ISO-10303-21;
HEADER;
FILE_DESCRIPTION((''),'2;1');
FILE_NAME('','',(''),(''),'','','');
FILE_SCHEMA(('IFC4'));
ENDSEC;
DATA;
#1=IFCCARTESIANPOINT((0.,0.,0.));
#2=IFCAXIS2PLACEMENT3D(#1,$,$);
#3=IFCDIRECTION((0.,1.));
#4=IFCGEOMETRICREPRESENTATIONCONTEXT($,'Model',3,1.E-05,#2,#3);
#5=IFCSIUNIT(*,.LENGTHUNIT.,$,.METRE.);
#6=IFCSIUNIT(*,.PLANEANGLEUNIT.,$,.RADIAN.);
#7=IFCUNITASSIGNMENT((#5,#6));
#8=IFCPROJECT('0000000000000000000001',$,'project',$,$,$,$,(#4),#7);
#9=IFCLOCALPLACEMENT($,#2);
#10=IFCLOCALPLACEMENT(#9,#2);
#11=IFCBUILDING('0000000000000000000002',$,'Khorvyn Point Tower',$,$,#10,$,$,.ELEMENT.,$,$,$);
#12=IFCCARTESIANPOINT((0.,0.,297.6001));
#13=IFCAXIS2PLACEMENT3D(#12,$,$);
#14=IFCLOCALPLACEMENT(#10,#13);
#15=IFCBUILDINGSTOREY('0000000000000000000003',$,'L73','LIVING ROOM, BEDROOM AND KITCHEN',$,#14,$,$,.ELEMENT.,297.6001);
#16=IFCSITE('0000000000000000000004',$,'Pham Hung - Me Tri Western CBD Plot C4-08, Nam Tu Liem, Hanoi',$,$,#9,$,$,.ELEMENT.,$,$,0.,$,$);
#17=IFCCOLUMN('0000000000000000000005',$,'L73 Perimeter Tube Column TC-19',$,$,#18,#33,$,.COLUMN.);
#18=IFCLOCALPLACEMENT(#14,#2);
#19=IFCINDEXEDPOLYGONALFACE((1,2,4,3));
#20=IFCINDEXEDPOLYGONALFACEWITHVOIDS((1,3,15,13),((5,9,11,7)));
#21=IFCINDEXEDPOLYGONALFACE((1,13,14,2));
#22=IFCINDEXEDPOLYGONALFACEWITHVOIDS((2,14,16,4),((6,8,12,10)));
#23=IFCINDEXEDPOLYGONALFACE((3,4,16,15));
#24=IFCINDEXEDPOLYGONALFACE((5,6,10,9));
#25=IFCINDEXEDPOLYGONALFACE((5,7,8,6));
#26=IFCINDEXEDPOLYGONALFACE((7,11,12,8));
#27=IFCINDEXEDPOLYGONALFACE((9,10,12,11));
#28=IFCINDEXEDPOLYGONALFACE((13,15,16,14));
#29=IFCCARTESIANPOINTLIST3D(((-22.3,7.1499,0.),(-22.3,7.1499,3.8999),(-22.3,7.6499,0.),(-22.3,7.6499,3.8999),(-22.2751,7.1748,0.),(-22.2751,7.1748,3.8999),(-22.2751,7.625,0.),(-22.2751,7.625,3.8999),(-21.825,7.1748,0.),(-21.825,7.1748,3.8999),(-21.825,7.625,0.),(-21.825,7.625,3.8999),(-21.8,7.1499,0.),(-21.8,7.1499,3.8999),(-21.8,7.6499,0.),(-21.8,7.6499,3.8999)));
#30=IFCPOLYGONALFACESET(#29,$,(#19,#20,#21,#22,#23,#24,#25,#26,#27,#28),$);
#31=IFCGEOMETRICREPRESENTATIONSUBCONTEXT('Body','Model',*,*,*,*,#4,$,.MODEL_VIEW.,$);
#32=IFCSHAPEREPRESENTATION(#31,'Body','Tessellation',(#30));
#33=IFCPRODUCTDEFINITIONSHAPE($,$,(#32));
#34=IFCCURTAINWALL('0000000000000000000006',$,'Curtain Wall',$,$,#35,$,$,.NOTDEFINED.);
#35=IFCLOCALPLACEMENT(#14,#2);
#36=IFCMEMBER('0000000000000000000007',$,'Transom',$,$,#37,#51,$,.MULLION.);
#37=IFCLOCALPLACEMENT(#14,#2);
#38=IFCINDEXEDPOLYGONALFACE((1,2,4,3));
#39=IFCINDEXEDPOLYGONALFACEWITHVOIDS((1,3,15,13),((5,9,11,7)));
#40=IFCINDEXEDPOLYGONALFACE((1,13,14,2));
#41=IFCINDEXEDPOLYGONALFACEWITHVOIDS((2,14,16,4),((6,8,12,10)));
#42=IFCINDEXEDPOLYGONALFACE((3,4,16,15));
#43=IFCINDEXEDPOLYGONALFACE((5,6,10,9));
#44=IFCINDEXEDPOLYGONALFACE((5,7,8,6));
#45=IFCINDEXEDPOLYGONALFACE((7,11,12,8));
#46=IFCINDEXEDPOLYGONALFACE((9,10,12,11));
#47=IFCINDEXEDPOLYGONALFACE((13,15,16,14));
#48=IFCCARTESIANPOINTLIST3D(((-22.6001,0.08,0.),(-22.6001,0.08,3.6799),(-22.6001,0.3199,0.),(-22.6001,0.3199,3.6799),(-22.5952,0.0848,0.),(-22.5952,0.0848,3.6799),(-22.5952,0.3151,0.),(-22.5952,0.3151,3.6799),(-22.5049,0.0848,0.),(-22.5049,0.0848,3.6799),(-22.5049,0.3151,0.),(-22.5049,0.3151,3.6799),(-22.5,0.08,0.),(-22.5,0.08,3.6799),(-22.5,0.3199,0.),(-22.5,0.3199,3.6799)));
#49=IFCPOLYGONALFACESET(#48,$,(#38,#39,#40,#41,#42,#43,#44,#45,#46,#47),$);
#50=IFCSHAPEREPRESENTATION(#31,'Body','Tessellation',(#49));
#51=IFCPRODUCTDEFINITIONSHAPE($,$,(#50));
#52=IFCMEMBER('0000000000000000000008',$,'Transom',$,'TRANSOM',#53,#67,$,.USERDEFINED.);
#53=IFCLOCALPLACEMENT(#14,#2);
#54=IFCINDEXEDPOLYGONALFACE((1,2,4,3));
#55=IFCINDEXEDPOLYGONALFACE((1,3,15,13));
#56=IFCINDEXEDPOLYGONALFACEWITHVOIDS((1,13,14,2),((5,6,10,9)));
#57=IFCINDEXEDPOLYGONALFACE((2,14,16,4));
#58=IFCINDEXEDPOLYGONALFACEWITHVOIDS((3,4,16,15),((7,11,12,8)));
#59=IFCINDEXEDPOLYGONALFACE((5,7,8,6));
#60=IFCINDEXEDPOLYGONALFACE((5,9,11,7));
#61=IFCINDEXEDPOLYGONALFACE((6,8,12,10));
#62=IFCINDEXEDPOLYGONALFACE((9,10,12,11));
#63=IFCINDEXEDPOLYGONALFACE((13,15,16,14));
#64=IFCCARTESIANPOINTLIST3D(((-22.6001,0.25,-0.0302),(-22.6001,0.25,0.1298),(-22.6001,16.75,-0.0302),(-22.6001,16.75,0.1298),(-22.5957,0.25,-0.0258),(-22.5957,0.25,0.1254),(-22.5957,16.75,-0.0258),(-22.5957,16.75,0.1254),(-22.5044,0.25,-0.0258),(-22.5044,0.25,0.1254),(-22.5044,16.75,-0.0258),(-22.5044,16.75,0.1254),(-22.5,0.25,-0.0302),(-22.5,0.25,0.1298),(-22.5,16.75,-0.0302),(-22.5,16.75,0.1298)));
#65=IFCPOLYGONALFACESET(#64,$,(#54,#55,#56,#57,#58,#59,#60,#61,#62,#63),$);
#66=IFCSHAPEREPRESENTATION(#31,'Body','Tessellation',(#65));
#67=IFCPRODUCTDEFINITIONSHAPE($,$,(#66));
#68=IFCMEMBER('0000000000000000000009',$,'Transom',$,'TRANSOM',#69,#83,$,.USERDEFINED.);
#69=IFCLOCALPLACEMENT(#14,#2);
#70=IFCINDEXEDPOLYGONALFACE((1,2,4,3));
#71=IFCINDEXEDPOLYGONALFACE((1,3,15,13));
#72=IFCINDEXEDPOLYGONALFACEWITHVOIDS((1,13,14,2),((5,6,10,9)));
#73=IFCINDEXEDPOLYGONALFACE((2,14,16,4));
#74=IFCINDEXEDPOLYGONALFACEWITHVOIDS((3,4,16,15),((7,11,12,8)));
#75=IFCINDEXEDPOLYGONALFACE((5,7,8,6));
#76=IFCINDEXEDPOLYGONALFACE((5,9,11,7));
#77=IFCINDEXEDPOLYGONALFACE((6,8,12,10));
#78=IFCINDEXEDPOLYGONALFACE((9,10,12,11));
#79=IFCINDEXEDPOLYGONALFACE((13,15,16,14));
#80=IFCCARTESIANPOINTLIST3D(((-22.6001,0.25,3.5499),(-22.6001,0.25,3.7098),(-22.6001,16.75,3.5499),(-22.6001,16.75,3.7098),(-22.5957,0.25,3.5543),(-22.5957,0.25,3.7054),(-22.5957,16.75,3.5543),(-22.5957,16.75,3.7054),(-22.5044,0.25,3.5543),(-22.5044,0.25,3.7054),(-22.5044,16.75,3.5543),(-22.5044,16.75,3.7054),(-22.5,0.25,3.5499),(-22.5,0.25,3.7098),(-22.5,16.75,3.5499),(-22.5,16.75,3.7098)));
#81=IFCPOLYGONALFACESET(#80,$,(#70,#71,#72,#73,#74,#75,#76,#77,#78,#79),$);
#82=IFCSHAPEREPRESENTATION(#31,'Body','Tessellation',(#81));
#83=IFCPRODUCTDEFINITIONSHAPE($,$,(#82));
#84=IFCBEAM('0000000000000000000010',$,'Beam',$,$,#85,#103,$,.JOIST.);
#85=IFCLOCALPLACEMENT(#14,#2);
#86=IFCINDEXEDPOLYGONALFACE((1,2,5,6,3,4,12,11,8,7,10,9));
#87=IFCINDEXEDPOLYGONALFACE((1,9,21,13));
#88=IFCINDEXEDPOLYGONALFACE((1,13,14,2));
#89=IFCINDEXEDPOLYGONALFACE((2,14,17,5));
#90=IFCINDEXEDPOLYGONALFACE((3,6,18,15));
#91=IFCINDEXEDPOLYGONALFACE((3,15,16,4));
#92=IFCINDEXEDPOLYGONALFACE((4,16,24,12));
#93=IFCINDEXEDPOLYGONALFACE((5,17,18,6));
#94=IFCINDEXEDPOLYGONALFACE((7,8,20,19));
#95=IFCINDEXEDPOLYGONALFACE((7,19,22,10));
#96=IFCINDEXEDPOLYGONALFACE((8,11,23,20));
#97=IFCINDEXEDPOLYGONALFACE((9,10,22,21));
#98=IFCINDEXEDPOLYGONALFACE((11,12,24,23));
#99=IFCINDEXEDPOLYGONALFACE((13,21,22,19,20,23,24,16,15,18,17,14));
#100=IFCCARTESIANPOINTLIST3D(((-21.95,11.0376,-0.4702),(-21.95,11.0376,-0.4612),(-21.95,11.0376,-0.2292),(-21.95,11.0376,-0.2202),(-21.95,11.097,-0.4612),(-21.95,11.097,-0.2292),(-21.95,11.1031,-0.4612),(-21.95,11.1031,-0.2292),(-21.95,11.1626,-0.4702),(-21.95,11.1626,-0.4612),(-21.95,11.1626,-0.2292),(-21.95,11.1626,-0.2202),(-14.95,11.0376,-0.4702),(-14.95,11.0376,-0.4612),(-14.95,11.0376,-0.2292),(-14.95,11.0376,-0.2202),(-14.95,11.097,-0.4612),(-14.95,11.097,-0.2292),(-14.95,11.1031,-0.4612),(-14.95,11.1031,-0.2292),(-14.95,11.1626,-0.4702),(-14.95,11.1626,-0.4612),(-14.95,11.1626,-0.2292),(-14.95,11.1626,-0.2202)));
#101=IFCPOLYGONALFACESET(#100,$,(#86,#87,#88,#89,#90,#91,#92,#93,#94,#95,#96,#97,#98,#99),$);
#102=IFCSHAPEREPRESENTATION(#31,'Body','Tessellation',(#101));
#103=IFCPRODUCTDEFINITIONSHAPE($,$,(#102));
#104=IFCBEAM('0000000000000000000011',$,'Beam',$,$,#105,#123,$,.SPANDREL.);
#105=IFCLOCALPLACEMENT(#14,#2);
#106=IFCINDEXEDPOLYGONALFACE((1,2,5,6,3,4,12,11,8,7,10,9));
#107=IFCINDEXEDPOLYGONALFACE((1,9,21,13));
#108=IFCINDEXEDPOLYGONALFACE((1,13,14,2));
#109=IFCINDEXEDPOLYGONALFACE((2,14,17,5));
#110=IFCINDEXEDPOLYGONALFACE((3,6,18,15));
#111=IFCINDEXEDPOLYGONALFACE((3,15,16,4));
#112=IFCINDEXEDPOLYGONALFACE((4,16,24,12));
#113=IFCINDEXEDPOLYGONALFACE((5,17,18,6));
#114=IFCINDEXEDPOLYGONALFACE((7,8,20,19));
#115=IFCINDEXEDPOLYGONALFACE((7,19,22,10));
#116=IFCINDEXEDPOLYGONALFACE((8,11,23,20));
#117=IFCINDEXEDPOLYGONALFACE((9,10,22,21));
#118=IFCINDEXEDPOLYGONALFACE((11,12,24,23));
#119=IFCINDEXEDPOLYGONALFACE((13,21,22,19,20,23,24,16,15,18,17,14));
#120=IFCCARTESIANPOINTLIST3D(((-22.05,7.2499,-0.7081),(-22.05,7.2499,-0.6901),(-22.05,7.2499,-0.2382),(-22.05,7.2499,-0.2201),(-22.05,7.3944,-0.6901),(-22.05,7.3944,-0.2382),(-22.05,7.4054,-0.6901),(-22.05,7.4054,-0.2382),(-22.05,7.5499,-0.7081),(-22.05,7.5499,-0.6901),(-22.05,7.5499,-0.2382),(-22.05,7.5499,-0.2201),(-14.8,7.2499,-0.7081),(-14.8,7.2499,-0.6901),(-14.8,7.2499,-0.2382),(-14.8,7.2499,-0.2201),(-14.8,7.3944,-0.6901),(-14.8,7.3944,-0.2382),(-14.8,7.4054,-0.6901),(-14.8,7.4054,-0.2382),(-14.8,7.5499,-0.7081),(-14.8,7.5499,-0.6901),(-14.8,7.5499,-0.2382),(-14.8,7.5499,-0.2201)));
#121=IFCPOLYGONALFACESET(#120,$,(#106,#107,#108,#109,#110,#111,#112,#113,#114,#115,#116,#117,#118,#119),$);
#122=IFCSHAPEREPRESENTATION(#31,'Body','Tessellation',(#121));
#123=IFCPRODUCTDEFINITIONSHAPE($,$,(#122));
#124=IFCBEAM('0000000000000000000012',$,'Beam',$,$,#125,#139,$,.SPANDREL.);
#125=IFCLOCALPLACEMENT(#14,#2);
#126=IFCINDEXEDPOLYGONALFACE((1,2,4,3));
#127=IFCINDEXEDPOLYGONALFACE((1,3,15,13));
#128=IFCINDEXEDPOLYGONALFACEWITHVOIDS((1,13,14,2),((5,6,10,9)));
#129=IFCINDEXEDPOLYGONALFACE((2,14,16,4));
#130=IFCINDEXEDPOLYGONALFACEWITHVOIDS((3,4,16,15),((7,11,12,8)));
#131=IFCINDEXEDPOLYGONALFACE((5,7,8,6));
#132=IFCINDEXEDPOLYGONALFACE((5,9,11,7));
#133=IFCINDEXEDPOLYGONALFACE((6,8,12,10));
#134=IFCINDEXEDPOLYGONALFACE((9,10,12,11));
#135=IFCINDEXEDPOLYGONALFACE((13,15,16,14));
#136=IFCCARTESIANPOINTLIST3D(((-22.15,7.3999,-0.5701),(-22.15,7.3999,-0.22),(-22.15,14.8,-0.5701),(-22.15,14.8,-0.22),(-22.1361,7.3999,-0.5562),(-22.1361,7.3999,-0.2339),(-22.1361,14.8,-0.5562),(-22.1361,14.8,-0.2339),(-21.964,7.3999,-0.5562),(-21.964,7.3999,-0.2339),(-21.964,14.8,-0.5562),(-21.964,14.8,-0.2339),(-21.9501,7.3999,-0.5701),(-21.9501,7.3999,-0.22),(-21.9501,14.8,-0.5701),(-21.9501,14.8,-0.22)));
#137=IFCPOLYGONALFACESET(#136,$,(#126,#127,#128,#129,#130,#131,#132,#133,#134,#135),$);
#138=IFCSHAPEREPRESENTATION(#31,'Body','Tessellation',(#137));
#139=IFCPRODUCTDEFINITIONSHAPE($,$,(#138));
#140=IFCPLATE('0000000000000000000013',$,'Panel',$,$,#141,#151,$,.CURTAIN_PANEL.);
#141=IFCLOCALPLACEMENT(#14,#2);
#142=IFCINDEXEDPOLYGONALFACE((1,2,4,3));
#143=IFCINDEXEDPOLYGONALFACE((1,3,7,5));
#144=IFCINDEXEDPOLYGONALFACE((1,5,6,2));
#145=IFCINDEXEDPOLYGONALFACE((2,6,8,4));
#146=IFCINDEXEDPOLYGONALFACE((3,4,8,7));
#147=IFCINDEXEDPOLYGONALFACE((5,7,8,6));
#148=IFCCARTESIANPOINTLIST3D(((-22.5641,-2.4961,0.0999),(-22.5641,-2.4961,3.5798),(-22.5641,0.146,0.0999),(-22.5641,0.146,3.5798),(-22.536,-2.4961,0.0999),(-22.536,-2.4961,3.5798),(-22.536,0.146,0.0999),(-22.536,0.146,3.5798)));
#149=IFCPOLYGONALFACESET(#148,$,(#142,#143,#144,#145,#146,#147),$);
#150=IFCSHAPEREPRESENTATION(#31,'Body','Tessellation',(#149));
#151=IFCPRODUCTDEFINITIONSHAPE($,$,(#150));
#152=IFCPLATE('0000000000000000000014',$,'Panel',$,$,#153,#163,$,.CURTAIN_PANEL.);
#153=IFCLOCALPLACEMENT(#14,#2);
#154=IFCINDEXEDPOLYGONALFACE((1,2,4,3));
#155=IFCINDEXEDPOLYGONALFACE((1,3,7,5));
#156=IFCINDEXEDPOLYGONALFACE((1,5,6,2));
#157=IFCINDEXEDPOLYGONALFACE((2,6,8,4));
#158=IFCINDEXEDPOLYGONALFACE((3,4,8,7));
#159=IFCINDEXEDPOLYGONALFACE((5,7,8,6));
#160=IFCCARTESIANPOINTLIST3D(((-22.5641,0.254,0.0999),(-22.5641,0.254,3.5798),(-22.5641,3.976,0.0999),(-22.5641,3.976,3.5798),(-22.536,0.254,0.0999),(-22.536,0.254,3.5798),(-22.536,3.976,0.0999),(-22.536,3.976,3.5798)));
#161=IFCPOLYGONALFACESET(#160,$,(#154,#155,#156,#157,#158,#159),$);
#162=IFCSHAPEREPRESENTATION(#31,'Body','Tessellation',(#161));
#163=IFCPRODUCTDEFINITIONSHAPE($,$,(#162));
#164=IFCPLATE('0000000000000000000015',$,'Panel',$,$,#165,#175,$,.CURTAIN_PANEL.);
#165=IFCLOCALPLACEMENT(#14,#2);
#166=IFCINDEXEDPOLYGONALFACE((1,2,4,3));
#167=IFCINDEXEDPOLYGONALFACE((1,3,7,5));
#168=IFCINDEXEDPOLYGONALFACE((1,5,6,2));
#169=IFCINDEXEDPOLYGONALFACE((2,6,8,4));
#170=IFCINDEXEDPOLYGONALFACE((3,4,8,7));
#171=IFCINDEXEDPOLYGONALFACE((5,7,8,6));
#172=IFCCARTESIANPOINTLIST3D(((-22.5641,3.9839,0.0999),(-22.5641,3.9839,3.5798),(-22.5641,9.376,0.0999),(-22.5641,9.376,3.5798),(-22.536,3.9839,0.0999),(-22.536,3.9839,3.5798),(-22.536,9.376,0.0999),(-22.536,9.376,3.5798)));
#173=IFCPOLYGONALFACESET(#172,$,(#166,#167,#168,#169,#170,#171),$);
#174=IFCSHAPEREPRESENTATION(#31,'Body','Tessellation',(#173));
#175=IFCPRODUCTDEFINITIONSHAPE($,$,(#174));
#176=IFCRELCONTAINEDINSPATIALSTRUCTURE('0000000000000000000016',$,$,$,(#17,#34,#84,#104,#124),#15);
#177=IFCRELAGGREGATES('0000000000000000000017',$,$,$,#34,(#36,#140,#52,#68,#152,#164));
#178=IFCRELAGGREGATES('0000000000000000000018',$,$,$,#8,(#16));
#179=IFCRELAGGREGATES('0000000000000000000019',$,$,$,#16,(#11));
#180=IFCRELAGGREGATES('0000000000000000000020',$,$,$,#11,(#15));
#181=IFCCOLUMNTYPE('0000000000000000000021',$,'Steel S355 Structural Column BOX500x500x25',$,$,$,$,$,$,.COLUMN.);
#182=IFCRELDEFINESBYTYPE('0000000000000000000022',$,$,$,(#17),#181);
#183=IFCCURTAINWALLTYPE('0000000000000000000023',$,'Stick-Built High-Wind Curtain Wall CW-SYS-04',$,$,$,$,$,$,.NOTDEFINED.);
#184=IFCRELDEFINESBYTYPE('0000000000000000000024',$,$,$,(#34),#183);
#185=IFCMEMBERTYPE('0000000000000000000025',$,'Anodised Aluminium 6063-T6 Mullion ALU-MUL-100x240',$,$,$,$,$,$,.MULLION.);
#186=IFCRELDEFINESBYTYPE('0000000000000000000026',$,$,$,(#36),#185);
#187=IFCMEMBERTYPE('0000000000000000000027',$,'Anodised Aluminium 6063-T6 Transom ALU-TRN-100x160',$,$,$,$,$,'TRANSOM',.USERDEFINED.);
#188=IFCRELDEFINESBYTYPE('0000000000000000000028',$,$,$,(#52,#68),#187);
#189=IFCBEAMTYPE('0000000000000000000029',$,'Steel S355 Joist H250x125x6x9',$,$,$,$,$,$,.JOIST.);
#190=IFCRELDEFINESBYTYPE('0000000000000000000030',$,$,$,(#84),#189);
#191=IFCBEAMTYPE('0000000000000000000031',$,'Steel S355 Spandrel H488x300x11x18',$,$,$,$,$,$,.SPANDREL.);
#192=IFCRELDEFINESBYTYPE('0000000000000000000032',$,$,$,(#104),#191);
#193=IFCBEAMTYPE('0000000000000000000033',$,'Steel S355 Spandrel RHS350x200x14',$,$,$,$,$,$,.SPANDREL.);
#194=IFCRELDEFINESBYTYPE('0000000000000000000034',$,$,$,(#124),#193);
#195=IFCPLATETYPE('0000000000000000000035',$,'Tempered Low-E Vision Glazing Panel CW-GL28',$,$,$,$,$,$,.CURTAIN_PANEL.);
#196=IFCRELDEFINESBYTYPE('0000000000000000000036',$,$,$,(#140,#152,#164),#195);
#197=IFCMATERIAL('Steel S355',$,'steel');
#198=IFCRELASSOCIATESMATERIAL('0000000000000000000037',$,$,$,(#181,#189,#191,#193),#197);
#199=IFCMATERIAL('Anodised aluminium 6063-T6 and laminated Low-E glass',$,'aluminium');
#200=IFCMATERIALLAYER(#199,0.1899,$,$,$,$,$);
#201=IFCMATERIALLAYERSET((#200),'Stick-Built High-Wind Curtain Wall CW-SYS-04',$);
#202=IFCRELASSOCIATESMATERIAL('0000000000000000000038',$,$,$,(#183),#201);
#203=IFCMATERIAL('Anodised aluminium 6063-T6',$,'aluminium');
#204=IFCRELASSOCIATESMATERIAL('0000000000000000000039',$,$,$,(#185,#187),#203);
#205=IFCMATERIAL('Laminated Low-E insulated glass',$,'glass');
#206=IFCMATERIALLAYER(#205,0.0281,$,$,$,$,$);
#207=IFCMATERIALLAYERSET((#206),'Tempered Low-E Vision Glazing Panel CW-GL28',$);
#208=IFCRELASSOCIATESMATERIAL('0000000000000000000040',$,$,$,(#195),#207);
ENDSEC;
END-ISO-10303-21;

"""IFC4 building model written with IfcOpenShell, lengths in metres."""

from ifc_helpers import new_model, si_unit, direction, frame, origin, origin_2d, place, context, subcontext, project, spatial, rectangle, hollow_rectangle, i_section, extrude, material, layer, layer_set, material_profile, profile_set, type_object, element, aggregate, save


model = new_model("IFC4")

# Units and contexts
model_context = context("Model", 3, precision=1e-05, world=origin(), true_north=direction((0.0, 1.0)))
body_context = subcontext(model_context, "Body", "Model", "MODEL_VIEW")
ifc_project = project(units=[si_unit("LENGTHUNIT", "METRE"), si_unit("PLANEANGLEUNIT", "RADIAN")], contexts=[model_context])

# Site, building, storey
site_placement = place(None, origin())
site = spatial("IfcSite", under=ifc_project, at=site_placement, Name="Pham Hung - Me Tri Western CBD Plot C4-08, Nam Tu Liem, Hanoi", CompositionType="ELEMENT", RefElevation=0.0)
building_placement = place(site_placement, origin())
building = spatial("IfcBuilding", under=site, at=building_placement, Name="Khorvyn Point Tower", CompositionType="ELEMENT")
storey_placement = place(building_placement, frame((0.0, 0.0, 297.6001)))
storey = spatial("IfcBuildingStorey", under=building, at=storey_placement, Name="L73", Description="LIVING ROOM, BEDROOM AND KITCHEN", CompositionType="ELEMENT", Elevation=297.6001)

# Column
ifc_material_1 = material(Name="Steel S355", Category="steel")
ifc_material_profile_1 = material_profile(ifc_material_1, hollow_rectangle(XDim=0.5, YDim=0.5, WallThickness=0.0249, at=origin_2d()))
ifc_profile_set_1 = profile_set([ifc_material_profile_1], Name="Steel S355 BOX500x500x25")
column_type = type_object("IfcColumnType", Name="Steel S355 Structural Column BOX500x500x25", PredefinedType="COLUMN", material=ifc_profile_set_1)
column_placement = place(storey_placement, frame((-22.05, 7.3999, 0.0), z_axis=(0.0, 0.0, 1.0), x_axis=(1.0, 0.0, 0.0)))
element("IfcColumn", 1, at=column_placement, inside=storey, type_object=column_type, Name="L73 Perimeter Tube Column TC-19", PredefinedType="COLUMN", context=body_context, shape_type="SweptSolid", body=[
    extrude(hollow_rectangle(XDim=0.5, YDim=0.5, WallThickness=0.0249, at=origin_2d()), origin(), (0.0, 0.0, 1.0), 3.8999),
])

# Curtain wall, members
ifc_material_2 = material(Name="Anodised aluminium 6063-T6 and laminated Low-E glass", Category="aluminium")
ifc_layer_1 = layer(ifc_material_2, 0.1899)
ifc_layer_set_1 = layer_set([ifc_layer_1], Name="Stick-Built High-Wind Curtain Wall CW-SYS-04")
curtain_wall_type = type_object("IfcCurtainWallType", Name="Stick-Built High-Wind Curtain Wall CW-SYS-04", PredefinedType="NOTDEFINED", material=ifc_layer_set_1)
curtain_wall_placement = place(storey_placement, origin())
curtain_wall = element("IfcCurtainWall", 2, at=curtain_wall_placement, inside=storey, type_object=curtain_wall_type, Name="Curtain Wall", PredefinedType="NOTDEFINED")
ifc_material_3 = material(Name="Anodised aluminium 6063-T6", Category="aluminium")
ifc_material_profile_2 = material_profile(ifc_material_3, hollow_rectangle(XDim=0.1001, YDim=0.24, WallThickness=0.0049, at=origin_2d()))
ifc_profile_set_2 = profile_set([ifc_material_profile_2], Name="Anodised aluminium 6063-T6 ALU-MUL-100x240")
member_type_1 = type_object("IfcMemberType", Name="Anodised Aluminium 6063-T6 Mullion ALU-MUL-100x240", PredefinedType="MULLION", material=ifc_profile_set_2)
member_1_placement = place(storey_placement, frame((-22.55, 0.2, 0.0), z_axis=(0.0, 0.0, 1.0), x_axis=(-1.0, 0.0, 0.0)))
member_1 = element("IfcMember", 3, at=member_1_placement, type_object=member_type_1, Name="Transom", PredefinedType="MULLION", context=body_context, shape_type="SweptSolid", body=[
    extrude(hollow_rectangle(XDim=0.1001, YDim=0.24, WallThickness=0.0049, at=origin_2d()), origin(), (0.0, 0.0, 1.0), 3.6799),
])
ifc_material_profile_3 = material_profile(ifc_material_3, hollow_rectangle(XDim=0.1001, YDim=0.1599, WallThickness=0.0044, at=origin_2d()))
ifc_profile_set_3 = profile_set([ifc_material_profile_3], Name="Anodised aluminium 6063-T6 ALU-TRN-100x160")
member_type_2 = type_object("IfcMemberType", Name="Anodised Aluminium 6063-T6 Transom ALU-TRN-100x160", ElementType="TRANSOM", PredefinedType="USERDEFINED", material=ifc_profile_set_3)
member_2_placement = place(storey_placement, frame((-22.55, 0.25, 0.0498), z_axis=(0.0, 1.0, 0.0), x_axis=(-1.0, 0.0, 0.0)))
member_2 = element("IfcMember", 4, at=member_2_placement, type_object=member_type_2, Name="Transom", ObjectType="TRANSOM", PredefinedType="USERDEFINED", context=body_context, shape_type="SweptSolid", body=[
    extrude(hollow_rectangle(XDim=0.1001, YDim=0.1599, WallThickness=0.0044, at=origin_2d()), origin(), (0.0, 0.0, 1.0), 16.5),
])
member_3_placement = place(storey_placement, frame((-22.55, 0.25, 3.6299), z_axis=(0.0, 1.0, 0.0), x_axis=(-1.0, 0.0, 0.0)))
member_3 = element("IfcMember", 5, at=member_3_placement, type_object=member_type_2, Name="Transom", ObjectType="TRANSOM", PredefinedType="USERDEFINED", context=body_context, shape_type="SweptSolid", body=[
    extrude(hollow_rectangle(XDim=0.1001, YDim=0.1599, WallThickness=0.0044, at=origin_2d()), origin(), (0.0, 0.0, 1.0), 16.5),
])

# Beams
ifc_material_profile_4 = material_profile(ifc_material_1, i_section(OverallWidth=0.125, OverallDepth=0.25, WebThickness=0.0061, FlangeThickness=0.009, at=origin_2d()))
ifc_profile_set_4 = profile_set([ifc_material_profile_4], Name="Steel S355 H250x125x6x9")
beam_type_1 = type_object("IfcBeamType", Name="Steel S355 Joist H250x125x6x9", PredefinedType="JOIST", material=ifc_profile_set_4)
beam_1_placement = place(storey_placement, frame((-21.95, 11.1001, -0.3452), z_axis=(1.0, 0.0, 0.0), x_axis=(0.0, 1.0, 0.0)))
element("IfcBeam", 6, at=beam_1_placement, inside=storey, type_object=beam_type_1, Name="Beam", PredefinedType="JOIST", context=body_context, shape_type="SweptSolid", body=[
    extrude(i_section(OverallWidth=0.125, OverallDepth=0.25, WebThickness=0.0061, FlangeThickness=0.009, at=origin_2d()), origin(), (0.0, 0.0, 1.0), 7.0),
])
ifc_material_profile_5 = material_profile(ifc_material_1, i_section(OverallWidth=0.3, OverallDepth=0.488, WebThickness=0.011, FlangeThickness=0.0181, at=origin_2d()))
ifc_profile_set_5 = profile_set([ifc_material_profile_5], Name="Steel S355 H488x300x11x18")
beam_type_2 = type_object("IfcBeamType", Name="Steel S355 Spandrel H488x300x11x18", PredefinedType="SPANDREL", material=ifc_profile_set_5)
beam_2_placement = place(storey_placement, frame((-22.05, 7.3999, -0.4641), z_axis=(1.0, 0.0, 0.0), x_axis=(0.0, 1.0, 0.0)))
element("IfcBeam", 7, at=beam_2_placement, inside=storey, type_object=beam_type_2, Name="Beam", PredefinedType="SPANDREL", context=body_context, shape_type="SweptSolid", body=[
    extrude(i_section(OverallWidth=0.3, OverallDepth=0.488, WebThickness=0.011, FlangeThickness=0.0181, at=origin_2d()), origin(), (0.0, 0.0, 1.0), 7.25),
])
ifc_material_profile_6 = material_profile(ifc_material_1, hollow_rectangle(XDim=0.2, YDim=0.3501, WallThickness=0.0139, at=origin_2d()))
ifc_profile_set_6 = profile_set([ifc_material_profile_6], Name="Steel S355 RHS350x200x14")
beam_type_3 = type_object("IfcBeamType", Name="Steel S355 Spandrel RHS350x200x14", PredefinedType="SPANDREL", material=ifc_profile_set_6)
beam_3_placement = place(storey_placement, frame((-22.05, 7.3999, -0.395), z_axis=(0.0, 1.0, 0.0), x_axis=(-1.0, 0.0, 0.0)))
element("IfcBeam", 8, at=beam_3_placement, inside=storey, type_object=beam_type_3, Name="Beam", PredefinedType="SPANDREL", context=body_context, shape_type="SweptSolid", body=[
    extrude(hollow_rectangle(XDim=0.2, YDim=0.3501, WallThickness=0.0139, at=origin_2d()), origin(), (0.0, 0.0, 1.0), 7.4001),
])

# Plates
ifc_material_4 = material(Name="Laminated Low-E insulated glass", Category="glass")
ifc_layer_2 = layer(ifc_material_4, 0.0281)
ifc_layer_set_2 = layer_set([ifc_layer_2], Name="Tempered Low-E Vision Glazing Panel CW-GL28")
plate_type = type_object("IfcPlateType", Name="Tempered Low-E Vision Glazing Panel CW-GL28", PredefinedType="CURTAIN_PANEL", material=ifc_layer_set_2)
plate_1_placement = place(storey_placement, frame((-22.55, -1.175, 0.0999), z_axis=(0.0, 0.0, 1.0), x_axis=(0.0, 1.0, 0.0)))
plate_1 = element("IfcPlate", 9, at=plate_1_placement, type_object=plate_type, Name="Panel", PredefinedType="CURTAIN_PANEL", context=body_context, shape_type="SweptSolid", body=[
    extrude(rectangle(XDim=2.6421, YDim=0.0281, at=origin_2d()), origin(), (0.0, 0.0, 1.0), 3.48),
])
plate_2_placement = place(storey_placement, frame((-22.55, 2.115, 0.0999), z_axis=(0.0, 0.0, 1.0), x_axis=(0.0, 1.0, 0.0)))
plate_2 = element("IfcPlate", 10, at=plate_2_placement, type_object=plate_type, Name="Panel", PredefinedType="CURTAIN_PANEL", context=body_context, shape_type="SweptSolid", body=[
    extrude(rectangle(XDim=3.7219, YDim=0.0281, at=origin_2d()), origin(), (0.0, 0.0, 1.0), 3.48),
])
plate_3_placement = place(storey_placement, frame((-22.55, 6.6799, 0.0999), z_axis=(0.0, 0.0, 1.0), x_axis=(0.0, 1.0, 0.0)))
plate_3 = element("IfcPlate", 11, at=plate_3_placement, type_object=plate_type, Name="Panel", PredefinedType="CURTAIN_PANEL", context=body_context, shape_type="SweptSolid", body=[
    extrude(rectangle(XDim=5.3921, YDim=0.0281, at=origin_2d()), origin(), (0.0, 0.0, 1.0), 3.48),
])
aggregate(curtain_wall, [member_1, plate_1, member_2, member_3, plate_2, plate_3])

save(model, "model.ifc")
